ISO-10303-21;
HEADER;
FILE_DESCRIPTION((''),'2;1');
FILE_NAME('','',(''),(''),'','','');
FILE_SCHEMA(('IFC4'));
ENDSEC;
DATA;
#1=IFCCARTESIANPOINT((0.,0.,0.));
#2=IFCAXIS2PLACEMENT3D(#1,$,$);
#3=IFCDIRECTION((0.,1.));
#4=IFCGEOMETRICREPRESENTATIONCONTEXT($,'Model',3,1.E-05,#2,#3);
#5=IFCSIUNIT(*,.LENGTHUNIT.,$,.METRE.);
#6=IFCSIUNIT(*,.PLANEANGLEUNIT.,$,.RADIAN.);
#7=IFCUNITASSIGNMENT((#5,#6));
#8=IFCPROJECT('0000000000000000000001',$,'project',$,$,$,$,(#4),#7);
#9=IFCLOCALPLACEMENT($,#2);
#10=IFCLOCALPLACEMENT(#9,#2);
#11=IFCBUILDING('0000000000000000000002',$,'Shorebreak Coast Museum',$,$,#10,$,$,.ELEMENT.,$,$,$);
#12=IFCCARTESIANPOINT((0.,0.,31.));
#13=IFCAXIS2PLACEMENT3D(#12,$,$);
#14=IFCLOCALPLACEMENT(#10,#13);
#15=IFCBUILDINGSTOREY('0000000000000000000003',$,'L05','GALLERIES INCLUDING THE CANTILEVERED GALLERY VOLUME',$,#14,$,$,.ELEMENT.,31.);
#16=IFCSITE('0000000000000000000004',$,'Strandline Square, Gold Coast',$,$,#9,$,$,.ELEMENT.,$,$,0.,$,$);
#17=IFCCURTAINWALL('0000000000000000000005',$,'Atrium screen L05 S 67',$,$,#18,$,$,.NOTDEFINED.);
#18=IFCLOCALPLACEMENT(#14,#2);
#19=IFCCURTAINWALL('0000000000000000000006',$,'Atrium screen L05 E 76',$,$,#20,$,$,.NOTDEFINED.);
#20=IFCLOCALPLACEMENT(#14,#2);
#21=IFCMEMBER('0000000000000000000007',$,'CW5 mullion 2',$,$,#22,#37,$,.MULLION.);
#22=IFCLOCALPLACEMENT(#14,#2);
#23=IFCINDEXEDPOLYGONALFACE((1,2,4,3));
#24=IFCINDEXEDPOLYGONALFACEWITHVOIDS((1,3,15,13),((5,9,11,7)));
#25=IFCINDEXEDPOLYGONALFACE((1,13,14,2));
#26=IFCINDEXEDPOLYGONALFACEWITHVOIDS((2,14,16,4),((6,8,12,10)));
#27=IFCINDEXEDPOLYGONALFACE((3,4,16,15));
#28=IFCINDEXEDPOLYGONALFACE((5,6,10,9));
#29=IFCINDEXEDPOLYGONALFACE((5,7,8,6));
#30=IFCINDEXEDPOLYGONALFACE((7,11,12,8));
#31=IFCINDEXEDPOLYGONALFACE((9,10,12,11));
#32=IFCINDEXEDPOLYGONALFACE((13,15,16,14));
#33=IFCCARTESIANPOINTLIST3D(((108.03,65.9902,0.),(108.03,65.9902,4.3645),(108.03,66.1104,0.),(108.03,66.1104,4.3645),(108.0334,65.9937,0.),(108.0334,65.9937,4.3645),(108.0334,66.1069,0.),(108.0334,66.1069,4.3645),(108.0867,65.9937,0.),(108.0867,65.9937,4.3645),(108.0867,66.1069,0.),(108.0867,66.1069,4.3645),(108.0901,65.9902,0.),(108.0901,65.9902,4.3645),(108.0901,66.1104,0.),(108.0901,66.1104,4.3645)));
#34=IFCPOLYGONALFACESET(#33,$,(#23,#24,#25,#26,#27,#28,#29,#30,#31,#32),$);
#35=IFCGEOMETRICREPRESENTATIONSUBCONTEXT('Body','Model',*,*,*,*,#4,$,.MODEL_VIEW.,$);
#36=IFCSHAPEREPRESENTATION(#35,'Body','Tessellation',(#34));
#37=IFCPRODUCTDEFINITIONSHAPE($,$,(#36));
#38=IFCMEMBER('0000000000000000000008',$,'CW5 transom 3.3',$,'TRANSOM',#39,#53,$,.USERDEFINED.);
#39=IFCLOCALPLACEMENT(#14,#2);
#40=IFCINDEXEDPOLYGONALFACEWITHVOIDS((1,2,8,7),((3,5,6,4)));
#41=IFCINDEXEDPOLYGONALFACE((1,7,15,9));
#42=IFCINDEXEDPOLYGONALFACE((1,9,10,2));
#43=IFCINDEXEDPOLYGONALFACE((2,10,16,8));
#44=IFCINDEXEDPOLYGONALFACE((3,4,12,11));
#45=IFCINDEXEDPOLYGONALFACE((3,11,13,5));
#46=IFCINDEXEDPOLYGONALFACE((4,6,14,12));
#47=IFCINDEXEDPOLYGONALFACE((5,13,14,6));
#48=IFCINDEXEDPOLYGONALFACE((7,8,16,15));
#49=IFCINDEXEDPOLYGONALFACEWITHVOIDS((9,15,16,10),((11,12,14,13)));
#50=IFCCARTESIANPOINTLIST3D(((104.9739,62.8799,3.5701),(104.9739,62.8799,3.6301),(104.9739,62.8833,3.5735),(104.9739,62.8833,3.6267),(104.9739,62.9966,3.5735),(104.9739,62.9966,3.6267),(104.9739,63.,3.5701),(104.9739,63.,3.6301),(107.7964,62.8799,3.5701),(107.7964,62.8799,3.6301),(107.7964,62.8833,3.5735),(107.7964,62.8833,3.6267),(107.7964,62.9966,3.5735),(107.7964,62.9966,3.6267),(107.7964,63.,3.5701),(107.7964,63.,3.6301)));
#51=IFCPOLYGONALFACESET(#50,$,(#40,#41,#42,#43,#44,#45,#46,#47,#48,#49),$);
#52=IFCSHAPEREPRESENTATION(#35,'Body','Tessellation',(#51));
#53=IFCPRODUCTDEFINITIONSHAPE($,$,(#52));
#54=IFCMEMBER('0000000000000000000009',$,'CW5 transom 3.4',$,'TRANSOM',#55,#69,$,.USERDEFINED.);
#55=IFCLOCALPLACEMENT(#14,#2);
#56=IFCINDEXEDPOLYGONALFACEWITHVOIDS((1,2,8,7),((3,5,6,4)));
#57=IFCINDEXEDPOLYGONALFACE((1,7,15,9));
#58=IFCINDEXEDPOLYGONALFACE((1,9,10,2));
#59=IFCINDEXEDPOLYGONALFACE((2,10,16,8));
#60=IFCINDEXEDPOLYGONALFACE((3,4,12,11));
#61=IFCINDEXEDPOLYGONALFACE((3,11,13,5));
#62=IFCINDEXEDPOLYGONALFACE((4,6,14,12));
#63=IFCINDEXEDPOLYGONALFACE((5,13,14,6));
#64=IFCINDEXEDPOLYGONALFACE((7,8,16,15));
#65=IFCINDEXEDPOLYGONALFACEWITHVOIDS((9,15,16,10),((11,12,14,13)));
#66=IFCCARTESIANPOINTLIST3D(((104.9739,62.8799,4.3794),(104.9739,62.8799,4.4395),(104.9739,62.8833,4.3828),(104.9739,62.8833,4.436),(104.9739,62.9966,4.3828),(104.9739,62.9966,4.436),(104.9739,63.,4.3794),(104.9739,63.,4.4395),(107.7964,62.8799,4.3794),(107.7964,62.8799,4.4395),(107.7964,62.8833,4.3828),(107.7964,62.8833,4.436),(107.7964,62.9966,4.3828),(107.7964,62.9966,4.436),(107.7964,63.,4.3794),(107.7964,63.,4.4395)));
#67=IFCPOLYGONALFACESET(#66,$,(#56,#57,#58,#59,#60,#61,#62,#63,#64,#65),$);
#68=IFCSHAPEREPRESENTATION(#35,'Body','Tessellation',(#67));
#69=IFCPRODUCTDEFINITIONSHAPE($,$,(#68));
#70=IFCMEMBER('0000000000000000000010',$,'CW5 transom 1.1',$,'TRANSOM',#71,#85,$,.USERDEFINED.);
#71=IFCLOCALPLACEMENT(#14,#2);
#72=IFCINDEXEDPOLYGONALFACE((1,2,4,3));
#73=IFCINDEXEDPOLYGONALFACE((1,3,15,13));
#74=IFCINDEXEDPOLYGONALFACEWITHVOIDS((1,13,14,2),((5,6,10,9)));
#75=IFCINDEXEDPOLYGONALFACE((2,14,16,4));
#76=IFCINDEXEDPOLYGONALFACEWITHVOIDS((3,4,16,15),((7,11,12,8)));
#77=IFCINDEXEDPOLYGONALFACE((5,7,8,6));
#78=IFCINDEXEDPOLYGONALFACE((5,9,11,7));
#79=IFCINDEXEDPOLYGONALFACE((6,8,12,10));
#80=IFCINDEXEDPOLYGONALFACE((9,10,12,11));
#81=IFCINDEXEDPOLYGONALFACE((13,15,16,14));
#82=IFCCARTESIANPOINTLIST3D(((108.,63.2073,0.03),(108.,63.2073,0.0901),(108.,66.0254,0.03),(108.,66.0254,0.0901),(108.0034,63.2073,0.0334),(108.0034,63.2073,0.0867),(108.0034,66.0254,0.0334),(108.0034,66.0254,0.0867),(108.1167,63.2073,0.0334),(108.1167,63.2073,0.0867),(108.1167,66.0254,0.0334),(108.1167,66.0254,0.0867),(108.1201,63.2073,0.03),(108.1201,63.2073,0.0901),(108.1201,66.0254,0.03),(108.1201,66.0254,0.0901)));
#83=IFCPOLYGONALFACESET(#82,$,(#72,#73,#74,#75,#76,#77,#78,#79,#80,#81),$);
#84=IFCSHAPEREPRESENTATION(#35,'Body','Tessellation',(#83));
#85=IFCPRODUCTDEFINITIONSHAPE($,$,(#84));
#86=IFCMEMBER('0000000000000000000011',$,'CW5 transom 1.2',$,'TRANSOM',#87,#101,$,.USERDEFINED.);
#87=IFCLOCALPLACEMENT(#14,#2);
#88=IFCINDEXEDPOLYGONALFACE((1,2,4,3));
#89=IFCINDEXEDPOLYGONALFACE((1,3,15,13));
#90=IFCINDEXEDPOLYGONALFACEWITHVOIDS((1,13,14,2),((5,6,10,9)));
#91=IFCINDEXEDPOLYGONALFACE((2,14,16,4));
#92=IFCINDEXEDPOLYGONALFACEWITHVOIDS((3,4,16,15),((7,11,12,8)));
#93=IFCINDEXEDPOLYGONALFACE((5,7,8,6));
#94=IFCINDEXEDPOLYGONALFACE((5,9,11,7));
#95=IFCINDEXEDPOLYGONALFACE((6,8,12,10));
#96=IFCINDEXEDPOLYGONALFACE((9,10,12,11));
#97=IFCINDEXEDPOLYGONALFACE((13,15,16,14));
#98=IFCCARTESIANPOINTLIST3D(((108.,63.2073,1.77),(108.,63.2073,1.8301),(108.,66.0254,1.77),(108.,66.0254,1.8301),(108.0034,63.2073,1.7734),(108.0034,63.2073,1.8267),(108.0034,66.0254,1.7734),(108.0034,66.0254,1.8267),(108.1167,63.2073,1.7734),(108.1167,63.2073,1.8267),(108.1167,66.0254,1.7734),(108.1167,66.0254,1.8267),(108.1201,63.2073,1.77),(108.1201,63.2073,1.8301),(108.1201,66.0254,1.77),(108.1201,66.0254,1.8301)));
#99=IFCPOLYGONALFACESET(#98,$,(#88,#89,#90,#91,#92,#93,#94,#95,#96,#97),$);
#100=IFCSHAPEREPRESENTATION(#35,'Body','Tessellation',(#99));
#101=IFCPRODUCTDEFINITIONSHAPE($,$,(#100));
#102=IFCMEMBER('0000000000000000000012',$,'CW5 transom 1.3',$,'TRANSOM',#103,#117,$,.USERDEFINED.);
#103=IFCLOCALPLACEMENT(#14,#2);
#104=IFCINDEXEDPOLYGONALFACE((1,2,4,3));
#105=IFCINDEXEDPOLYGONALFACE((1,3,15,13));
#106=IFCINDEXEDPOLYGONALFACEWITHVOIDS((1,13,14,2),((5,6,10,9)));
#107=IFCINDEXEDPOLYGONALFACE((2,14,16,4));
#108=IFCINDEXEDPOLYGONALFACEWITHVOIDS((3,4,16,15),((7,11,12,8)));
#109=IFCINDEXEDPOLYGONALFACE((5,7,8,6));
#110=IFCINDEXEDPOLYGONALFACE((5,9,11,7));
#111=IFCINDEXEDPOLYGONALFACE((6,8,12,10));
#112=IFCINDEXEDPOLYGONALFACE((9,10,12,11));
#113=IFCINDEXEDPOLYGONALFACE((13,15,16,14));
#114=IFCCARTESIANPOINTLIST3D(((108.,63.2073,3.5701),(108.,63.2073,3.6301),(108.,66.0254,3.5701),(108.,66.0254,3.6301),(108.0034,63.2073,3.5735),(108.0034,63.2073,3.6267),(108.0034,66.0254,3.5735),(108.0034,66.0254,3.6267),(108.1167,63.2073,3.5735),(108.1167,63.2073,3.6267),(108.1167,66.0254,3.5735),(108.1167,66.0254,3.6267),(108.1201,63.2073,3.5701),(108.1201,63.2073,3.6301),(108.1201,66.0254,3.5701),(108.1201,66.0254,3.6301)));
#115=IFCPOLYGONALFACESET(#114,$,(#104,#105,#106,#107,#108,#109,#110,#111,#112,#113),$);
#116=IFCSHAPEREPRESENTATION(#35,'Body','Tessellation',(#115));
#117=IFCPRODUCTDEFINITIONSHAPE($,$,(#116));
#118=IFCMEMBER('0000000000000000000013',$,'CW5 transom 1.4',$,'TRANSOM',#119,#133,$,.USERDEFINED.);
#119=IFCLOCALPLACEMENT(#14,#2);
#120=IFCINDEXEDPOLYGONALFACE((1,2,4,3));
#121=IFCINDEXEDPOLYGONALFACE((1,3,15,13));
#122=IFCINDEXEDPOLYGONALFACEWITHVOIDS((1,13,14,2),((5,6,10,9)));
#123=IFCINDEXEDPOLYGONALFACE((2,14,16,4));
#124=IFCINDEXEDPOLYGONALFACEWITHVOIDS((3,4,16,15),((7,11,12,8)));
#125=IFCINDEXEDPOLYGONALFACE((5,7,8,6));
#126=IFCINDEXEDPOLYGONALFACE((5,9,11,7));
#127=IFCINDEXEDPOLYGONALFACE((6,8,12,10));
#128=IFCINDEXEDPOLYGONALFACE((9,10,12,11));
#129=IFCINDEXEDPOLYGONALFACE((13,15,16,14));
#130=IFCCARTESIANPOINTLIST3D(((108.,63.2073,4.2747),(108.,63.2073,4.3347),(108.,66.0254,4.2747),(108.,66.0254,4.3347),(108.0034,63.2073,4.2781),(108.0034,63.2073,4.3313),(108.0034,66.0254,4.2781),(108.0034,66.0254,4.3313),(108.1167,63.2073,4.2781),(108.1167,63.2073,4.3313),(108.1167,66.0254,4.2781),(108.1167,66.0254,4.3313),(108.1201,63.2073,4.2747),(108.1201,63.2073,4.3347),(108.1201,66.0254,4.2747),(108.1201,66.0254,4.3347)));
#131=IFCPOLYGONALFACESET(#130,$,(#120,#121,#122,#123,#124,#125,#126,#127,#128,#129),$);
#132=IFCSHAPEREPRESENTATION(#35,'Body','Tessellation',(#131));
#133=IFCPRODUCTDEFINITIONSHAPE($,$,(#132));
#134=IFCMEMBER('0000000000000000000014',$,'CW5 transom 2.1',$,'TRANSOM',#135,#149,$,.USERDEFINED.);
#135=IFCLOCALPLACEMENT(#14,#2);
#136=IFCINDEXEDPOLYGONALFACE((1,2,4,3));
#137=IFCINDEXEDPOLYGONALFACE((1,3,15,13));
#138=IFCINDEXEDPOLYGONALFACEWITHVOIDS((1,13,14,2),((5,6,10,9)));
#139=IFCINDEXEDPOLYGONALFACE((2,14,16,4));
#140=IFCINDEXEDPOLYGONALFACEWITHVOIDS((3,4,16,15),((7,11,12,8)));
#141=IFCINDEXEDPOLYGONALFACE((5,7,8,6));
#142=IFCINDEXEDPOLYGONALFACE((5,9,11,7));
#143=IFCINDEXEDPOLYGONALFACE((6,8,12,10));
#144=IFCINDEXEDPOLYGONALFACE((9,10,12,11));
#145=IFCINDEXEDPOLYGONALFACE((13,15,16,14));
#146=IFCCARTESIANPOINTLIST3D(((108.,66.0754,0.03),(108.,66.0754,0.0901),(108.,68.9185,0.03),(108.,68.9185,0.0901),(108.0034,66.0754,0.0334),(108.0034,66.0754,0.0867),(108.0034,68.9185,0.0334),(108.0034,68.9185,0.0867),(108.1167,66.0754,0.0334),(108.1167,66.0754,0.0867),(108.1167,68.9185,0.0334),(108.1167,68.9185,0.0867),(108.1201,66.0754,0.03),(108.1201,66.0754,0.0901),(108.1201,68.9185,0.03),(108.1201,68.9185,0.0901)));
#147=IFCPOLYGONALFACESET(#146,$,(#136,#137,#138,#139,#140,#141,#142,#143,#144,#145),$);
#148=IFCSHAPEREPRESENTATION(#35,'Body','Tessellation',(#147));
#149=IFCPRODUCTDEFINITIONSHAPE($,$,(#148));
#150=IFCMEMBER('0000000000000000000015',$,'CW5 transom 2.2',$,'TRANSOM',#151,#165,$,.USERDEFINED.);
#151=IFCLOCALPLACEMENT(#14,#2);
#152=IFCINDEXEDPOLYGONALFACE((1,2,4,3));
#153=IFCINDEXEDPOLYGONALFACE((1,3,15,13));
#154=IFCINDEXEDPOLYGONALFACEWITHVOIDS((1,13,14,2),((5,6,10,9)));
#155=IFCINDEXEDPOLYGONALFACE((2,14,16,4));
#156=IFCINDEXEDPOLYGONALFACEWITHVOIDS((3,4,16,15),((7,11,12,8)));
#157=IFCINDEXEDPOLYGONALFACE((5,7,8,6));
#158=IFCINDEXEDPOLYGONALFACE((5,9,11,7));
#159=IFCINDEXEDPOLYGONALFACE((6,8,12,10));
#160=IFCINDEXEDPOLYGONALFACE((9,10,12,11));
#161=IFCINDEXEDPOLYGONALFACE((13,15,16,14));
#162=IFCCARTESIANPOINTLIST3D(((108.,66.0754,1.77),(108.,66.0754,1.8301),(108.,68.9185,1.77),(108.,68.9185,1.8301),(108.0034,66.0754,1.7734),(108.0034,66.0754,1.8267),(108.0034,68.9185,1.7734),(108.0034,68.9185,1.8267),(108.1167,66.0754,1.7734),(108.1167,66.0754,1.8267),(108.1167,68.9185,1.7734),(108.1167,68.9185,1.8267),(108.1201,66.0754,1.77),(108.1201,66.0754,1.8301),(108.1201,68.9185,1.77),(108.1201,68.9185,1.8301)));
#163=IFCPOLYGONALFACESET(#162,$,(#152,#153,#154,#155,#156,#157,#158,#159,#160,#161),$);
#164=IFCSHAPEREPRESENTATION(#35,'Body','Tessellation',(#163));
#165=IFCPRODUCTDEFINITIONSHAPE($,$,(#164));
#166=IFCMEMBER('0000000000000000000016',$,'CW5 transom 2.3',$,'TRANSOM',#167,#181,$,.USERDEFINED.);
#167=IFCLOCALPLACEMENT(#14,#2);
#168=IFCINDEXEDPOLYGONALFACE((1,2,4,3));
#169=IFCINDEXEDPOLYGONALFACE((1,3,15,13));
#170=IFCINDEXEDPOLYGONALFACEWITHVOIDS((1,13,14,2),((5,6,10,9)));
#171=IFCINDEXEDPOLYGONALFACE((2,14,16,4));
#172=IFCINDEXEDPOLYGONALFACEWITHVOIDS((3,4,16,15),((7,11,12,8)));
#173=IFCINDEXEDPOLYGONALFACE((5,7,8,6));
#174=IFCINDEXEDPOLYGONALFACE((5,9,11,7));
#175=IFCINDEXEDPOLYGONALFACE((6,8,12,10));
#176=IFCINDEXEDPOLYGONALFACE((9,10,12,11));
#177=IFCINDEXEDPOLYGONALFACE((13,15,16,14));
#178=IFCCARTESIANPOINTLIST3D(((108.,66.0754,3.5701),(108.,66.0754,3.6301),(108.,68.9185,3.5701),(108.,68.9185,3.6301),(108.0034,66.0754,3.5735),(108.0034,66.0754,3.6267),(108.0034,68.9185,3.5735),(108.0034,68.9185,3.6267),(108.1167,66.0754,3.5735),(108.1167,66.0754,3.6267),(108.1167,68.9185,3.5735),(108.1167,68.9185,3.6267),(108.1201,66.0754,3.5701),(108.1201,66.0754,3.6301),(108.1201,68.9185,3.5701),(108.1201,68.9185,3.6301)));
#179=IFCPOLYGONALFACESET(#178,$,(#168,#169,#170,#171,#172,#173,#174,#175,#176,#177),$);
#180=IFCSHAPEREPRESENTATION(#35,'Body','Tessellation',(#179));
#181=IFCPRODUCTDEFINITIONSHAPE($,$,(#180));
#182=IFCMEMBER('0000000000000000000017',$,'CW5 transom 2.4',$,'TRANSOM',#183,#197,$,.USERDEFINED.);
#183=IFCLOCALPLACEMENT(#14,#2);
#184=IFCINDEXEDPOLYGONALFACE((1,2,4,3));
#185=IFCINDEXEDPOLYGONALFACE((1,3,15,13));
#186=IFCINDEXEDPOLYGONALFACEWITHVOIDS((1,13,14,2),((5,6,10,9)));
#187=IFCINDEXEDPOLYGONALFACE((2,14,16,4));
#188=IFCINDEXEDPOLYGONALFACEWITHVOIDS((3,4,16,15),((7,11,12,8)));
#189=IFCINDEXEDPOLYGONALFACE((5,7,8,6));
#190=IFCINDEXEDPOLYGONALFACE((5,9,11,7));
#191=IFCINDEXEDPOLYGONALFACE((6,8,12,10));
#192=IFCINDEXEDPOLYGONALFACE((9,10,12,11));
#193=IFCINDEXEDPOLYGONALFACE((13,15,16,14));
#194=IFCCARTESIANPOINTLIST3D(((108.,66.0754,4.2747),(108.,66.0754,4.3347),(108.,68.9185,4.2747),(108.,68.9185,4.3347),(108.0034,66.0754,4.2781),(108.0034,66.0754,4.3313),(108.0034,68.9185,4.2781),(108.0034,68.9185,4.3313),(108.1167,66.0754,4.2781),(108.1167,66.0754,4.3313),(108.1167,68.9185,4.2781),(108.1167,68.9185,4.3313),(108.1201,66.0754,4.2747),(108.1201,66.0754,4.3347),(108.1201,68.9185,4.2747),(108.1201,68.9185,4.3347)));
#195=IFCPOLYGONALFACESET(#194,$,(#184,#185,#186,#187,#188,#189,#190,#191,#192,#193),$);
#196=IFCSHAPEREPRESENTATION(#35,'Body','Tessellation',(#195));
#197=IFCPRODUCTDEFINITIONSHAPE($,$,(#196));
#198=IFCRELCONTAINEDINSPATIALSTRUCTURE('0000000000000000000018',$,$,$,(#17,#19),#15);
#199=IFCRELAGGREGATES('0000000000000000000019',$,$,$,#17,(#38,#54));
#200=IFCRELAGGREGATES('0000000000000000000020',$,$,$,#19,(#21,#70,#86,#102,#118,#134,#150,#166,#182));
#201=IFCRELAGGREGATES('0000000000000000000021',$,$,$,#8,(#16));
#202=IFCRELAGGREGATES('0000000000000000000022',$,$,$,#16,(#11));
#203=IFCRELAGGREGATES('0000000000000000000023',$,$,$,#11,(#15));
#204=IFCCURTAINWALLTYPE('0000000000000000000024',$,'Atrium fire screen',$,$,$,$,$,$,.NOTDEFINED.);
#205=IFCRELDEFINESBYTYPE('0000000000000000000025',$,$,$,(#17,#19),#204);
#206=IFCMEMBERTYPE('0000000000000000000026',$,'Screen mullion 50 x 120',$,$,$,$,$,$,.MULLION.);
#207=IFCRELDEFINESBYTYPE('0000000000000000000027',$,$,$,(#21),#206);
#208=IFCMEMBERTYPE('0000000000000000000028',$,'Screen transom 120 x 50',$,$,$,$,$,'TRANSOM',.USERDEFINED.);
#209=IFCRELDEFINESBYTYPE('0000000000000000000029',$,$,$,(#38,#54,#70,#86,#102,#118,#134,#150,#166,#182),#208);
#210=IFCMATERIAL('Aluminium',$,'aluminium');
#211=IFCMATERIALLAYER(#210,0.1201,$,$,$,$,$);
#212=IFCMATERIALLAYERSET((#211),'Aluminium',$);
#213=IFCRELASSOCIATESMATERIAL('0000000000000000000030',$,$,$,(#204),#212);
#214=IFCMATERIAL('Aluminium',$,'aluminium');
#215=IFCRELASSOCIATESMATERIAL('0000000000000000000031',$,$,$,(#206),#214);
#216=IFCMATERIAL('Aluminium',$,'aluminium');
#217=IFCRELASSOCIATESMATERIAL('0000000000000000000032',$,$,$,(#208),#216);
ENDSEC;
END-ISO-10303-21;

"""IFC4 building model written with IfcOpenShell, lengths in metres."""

from ifc_helpers import new_model, si_unit, direction, frame, origin, origin_2d, place, context, subcontext, project, spatial, hollow_rectangle, extrude, material, layer, layer_set, material_profile, profile_set, type_object, element, aggregate, save


model = new_model("IFC4")

# Units and contexts
model_context = context("Model", 3, precision=1e-05, world=origin(), true_north=direction((0.0, 1.0)))
body_context = subcontext(model_context, "Body", "Model", "MODEL_VIEW")
ifc_project = project(units=[si_unit("LENGTHUNIT", "METRE"), si_unit("PLANEANGLEUNIT", "RADIAN")], contexts=[model_context])

# Site, building, storey
site_placement = place(None, origin())
site = spatial("IfcSite", under=ifc_project, at=site_placement, Name="Strandline Square, Gold Coast", CompositionType="ELEMENT", RefElevation=0.0)
building_placement = place(site_placement, origin())
building = spatial("IfcBuilding", under=site, at=building_placement, Name="Shorebreak Coast Museum", CompositionType="ELEMENT")
storey_placement = place(building_placement, frame((0.0, 0.0, 31.0)))
storey = spatial("IfcBuildingStorey", under=building, at=storey_placement, Name="L05", Description="GALLERIES INCLUDING THE CANTILEVERED GALLERY VOLUME", CompositionType="ELEMENT", Elevation=31.0)

# Curtain wall
ifc_material_1 = material(Name="Aluminium", Category="aluminium")
ifc_layer_1 = layer(ifc_material_1, 0.1201)
ifc_layer_set_1 = layer_set([ifc_layer_1], Name="Aluminium")
curtain_wall_type = type_object("IfcCurtainWallType", Name="Atrium fire screen", PredefinedType="NOTDEFINED", material=ifc_layer_set_1)
curtain_wall_1_placement = place(storey_placement, origin())
curtain_wall_1 = element("IfcCurtainWall", 1, at=curtain_wall_1_placement, inside=storey, type_object=curtain_wall_type, Name="Atrium screen L05 S 67", PredefinedType="NOTDEFINED")
ifc_material_2 = material(Name="Aluminium", Category="aluminium")
ifc_material_profile_1 = material_profile(ifc_material_2, hollow_rectangle(XDim=0.0601, YDim=0.1201, WallThickness=0.0034, at=origin_2d()), Name="AL 120x60 RHS")
ifc_profile_set_1 = profile_set([ifc_material_profile_1], Name="Aluminium")
member_type_1 = type_object("IfcMemberType", Name="Screen mullion 50 x 120", PredefinedType="MULLION", material=ifc_profile_set_1)

# Curtain wall, member
curtain_wall_2_placement = place(storey_placement, origin())
curtain_wall_2 = element("IfcCurtainWall", 2, at=curtain_wall_2_placement, inside=storey, type_object=curtain_wall_type, Name="Atrium screen L05 E 76", PredefinedType="NOTDEFINED")
member_1_placement = place(storey_placement, frame((108.0601, 66.0503, 0.0), z_axis=(0.0, 0.0, 1.0), x_axis=(-1.0, 0.0, 0.0)))
member_1 = element("IfcMember", 3, at=member_1_placement, type_object=member_type_1, Name="CW5 mullion 2", PredefinedType="MULLION", context=body_context, shape_type="SweptSolid", body=[
    extrude(hollow_rectangle(XDim=0.0601, YDim=0.1201, WallThickness=0.0034, at=origin_2d()), origin(), (0.0, 0.0, 1.0), 4.3645),
])

# Members
ifc_material_3 = material(Name="Aluminium", Category="aluminium")
ifc_material_profile_2 = material_profile(ifc_material_3, hollow_rectangle(XDim=0.1201, YDim=0.0601, WallThickness=0.0034, at=origin_2d()), Name="AL 60x120 RHS")
ifc_profile_set_2 = profile_set([ifc_material_profile_2], Name="Aluminium")
member_type_2 = type_object("IfcMemberType", Name="Screen transom 120 x 50", ElementType="TRANSOM", PredefinedType="USERDEFINED", material=ifc_profile_set_2)
member_2_placement = place(storey_placement, frame((104.9739, 62.9399, 3.6001), z_axis=(1.0, 0.0, 0.0), x_axis=(0.0, 1.0, 0.0)))
member_2 = element("IfcMember", 4, at=member_2_placement, type_object=member_type_2, Name="CW5 transom 3.3", ObjectType="TRANSOM", PredefinedType="USERDEFINED", context=body_context, shape_type="SweptSolid", body=[
    extrude(hollow_rectangle(XDim=0.1201, YDim=0.0601, WallThickness=0.0034, at=origin_2d()), origin(), (0.0, 0.0, 1.0), 2.8225),
])
member_3_placement = place(storey_placement, frame((104.9739, 62.9399, 4.4094), z_axis=(1.0, 0.0, 0.0), x_axis=(0.0, 1.0, 0.0)))
member_3 = element("IfcMember", 5, at=member_3_placement, type_object=member_type_2, Name="CW5 transom 3.4", ObjectType="TRANSOM", PredefinedType="USERDEFINED", context=body_context, shape_type="SweptSolid", body=[
    extrude(hollow_rectangle(XDim=0.1201, YDim=0.0601, WallThickness=0.0034, at=origin_2d()), origin(), (0.0, 0.0, 1.0), 2.8225),
])
member_4_placement = place(storey_placement, frame((108.0601, 63.2073, 0.0601), z_axis=(0.0, 1.0, 0.0), x_axis=(-1.0, 0.0, 0.0)))
member_4 = element("IfcMember", 6, at=member_4_placement, type_object=member_type_2, Name="CW5 transom 1.1", ObjectType="TRANSOM", PredefinedType="USERDEFINED", context=body_context, shape_type="SweptSolid", body=[
    extrude(hollow_rectangle(XDim=0.1201, YDim=0.0601, WallThickness=0.0034, at=origin_2d()), origin(), (0.0, 0.0, 1.0), 2.8181),
])
member_5_placement = place(storey_placement, frame((108.0601, 63.2073, 1.8), z_axis=(0.0, 1.0, 0.0), x_axis=(-1.0, 0.0, 0.0)))
member_5 = element("IfcMember", 7, at=member_5_placement, type_object=member_type_2, Name="CW5 transom 1.2", ObjectType="TRANSOM", PredefinedType="USERDEFINED", context=body_context, shape_type="SweptSolid", body=[
    extrude(hollow_rectangle(XDim=0.1201, YDim=0.0601, WallThickness=0.0034, at=origin_2d()), origin(), (0.0, 0.0, 1.0), 2.8181),
])
member_6_placement = place(storey_placement, frame((108.0601, 63.2073, 3.6001), z_axis=(0.0, 1.0, 0.0), x_axis=(-1.0, 0.0, 0.0)))
member_6 = element("IfcMember", 8, at=member_6_placement, type_object=member_type_2, Name="CW5 transom 1.3", ObjectType="TRANSOM", PredefinedType="USERDEFINED", context=body_context, shape_type="SweptSolid", body=[
    extrude(hollow_rectangle(XDim=0.1201, YDim=0.0601, WallThickness=0.0034, at=origin_2d()), origin(), (0.0, 0.0, 1.0), 2.8181),
])
member_7_placement = place(storey_placement, frame((108.0601, 63.2073, 4.3047), z_axis=(0.0, 1.0, 0.0), x_axis=(-1.0, 0.0, 0.0)))
member_7 = element("IfcMember", 9, at=member_7_placement, type_object=member_type_2, Name="CW5 transom 1.4", ObjectType="TRANSOM", PredefinedType="USERDEFINED", context=body_context, shape_type="SweptSolid", body=[
    extrude(hollow_rectangle(XDim=0.1201, YDim=0.0601, WallThickness=0.0034, at=origin_2d()), origin(), (0.0, 0.0, 1.0), 2.8181),
])
member_8_placement = place(storey_placement, frame((108.0601, 66.0754, 0.0601), z_axis=(0.0, 1.0, 0.0), x_axis=(-1.0, 0.0, 0.0)))
member_8 = element("IfcMember", 10, at=member_8_placement, type_object=member_type_2, Name="CW5 transom 2.1", ObjectType="TRANSOM", PredefinedType="USERDEFINED", context=body_context, shape_type="SweptSolid", body=[
    extrude(hollow_rectangle(XDim=0.1201, YDim=0.0601, WallThickness=0.0034, at=origin_2d()), origin(), (0.0, 0.0, 1.0), 2.843),
])
member_9_placement = place(storey_placement, frame((108.0601, 66.0754, 1.8), z_axis=(0.0, 1.0, 0.0), x_axis=(-1.0, 0.0, 0.0)))
member_9 = element("IfcMember", 11, at=member_9_placement, type_object=member_type_2, Name="CW5 transom 2.2", ObjectType="TRANSOM", PredefinedType="USERDEFINED", context=body_context, shape_type="SweptSolid", body=[
    extrude(hollow_rectangle(XDim=0.1201, YDim=0.0601, WallThickness=0.0034, at=origin_2d()), origin(), (0.0, 0.0, 1.0), 2.843),
])
member_10_placement = place(storey_placement, frame((108.0601, 66.0754, 3.6001), z_axis=(0.0, 1.0, 0.0), x_axis=(-1.0, 0.0, 0.0)))
member_10 = element("IfcMember", 12, at=member_10_placement, type_object=member_type_2, Name="CW5 transom 2.3", ObjectType="TRANSOM", PredefinedType="USERDEFINED", context=body_context, shape_type="SweptSolid", body=[
    extrude(hollow_rectangle(XDim=0.1201, YDim=0.0601, WallThickness=0.0034, at=origin_2d()), origin(), (0.0, 0.0, 1.0), 2.843),
])
member_11_placement = place(storey_placement, frame((108.0601, 66.0754, 4.3047), z_axis=(0.0, 1.0, 0.0), x_axis=(-1.0, 0.0, 0.0)))
member_11 = element("IfcMember", 13, at=member_11_placement, type_object=member_type_2, Name="CW5 transom 2.4", ObjectType="TRANSOM", PredefinedType="USERDEFINED", context=body_context, shape_type="SweptSolid", body=[
    extrude(hollow_rectangle(XDim=0.1201, YDim=0.0601, WallThickness=0.0034, at=origin_2d()), origin(), (0.0, 0.0, 1.0), 2.843),
])

aggregate(curtain_wall_1, [member_2, member_3])
aggregate(curtain_wall_2, [member_1, member_4, member_5, member_6, member_7, member_8, member_9, member_10, member_11])

save(model, "model.ifc")
